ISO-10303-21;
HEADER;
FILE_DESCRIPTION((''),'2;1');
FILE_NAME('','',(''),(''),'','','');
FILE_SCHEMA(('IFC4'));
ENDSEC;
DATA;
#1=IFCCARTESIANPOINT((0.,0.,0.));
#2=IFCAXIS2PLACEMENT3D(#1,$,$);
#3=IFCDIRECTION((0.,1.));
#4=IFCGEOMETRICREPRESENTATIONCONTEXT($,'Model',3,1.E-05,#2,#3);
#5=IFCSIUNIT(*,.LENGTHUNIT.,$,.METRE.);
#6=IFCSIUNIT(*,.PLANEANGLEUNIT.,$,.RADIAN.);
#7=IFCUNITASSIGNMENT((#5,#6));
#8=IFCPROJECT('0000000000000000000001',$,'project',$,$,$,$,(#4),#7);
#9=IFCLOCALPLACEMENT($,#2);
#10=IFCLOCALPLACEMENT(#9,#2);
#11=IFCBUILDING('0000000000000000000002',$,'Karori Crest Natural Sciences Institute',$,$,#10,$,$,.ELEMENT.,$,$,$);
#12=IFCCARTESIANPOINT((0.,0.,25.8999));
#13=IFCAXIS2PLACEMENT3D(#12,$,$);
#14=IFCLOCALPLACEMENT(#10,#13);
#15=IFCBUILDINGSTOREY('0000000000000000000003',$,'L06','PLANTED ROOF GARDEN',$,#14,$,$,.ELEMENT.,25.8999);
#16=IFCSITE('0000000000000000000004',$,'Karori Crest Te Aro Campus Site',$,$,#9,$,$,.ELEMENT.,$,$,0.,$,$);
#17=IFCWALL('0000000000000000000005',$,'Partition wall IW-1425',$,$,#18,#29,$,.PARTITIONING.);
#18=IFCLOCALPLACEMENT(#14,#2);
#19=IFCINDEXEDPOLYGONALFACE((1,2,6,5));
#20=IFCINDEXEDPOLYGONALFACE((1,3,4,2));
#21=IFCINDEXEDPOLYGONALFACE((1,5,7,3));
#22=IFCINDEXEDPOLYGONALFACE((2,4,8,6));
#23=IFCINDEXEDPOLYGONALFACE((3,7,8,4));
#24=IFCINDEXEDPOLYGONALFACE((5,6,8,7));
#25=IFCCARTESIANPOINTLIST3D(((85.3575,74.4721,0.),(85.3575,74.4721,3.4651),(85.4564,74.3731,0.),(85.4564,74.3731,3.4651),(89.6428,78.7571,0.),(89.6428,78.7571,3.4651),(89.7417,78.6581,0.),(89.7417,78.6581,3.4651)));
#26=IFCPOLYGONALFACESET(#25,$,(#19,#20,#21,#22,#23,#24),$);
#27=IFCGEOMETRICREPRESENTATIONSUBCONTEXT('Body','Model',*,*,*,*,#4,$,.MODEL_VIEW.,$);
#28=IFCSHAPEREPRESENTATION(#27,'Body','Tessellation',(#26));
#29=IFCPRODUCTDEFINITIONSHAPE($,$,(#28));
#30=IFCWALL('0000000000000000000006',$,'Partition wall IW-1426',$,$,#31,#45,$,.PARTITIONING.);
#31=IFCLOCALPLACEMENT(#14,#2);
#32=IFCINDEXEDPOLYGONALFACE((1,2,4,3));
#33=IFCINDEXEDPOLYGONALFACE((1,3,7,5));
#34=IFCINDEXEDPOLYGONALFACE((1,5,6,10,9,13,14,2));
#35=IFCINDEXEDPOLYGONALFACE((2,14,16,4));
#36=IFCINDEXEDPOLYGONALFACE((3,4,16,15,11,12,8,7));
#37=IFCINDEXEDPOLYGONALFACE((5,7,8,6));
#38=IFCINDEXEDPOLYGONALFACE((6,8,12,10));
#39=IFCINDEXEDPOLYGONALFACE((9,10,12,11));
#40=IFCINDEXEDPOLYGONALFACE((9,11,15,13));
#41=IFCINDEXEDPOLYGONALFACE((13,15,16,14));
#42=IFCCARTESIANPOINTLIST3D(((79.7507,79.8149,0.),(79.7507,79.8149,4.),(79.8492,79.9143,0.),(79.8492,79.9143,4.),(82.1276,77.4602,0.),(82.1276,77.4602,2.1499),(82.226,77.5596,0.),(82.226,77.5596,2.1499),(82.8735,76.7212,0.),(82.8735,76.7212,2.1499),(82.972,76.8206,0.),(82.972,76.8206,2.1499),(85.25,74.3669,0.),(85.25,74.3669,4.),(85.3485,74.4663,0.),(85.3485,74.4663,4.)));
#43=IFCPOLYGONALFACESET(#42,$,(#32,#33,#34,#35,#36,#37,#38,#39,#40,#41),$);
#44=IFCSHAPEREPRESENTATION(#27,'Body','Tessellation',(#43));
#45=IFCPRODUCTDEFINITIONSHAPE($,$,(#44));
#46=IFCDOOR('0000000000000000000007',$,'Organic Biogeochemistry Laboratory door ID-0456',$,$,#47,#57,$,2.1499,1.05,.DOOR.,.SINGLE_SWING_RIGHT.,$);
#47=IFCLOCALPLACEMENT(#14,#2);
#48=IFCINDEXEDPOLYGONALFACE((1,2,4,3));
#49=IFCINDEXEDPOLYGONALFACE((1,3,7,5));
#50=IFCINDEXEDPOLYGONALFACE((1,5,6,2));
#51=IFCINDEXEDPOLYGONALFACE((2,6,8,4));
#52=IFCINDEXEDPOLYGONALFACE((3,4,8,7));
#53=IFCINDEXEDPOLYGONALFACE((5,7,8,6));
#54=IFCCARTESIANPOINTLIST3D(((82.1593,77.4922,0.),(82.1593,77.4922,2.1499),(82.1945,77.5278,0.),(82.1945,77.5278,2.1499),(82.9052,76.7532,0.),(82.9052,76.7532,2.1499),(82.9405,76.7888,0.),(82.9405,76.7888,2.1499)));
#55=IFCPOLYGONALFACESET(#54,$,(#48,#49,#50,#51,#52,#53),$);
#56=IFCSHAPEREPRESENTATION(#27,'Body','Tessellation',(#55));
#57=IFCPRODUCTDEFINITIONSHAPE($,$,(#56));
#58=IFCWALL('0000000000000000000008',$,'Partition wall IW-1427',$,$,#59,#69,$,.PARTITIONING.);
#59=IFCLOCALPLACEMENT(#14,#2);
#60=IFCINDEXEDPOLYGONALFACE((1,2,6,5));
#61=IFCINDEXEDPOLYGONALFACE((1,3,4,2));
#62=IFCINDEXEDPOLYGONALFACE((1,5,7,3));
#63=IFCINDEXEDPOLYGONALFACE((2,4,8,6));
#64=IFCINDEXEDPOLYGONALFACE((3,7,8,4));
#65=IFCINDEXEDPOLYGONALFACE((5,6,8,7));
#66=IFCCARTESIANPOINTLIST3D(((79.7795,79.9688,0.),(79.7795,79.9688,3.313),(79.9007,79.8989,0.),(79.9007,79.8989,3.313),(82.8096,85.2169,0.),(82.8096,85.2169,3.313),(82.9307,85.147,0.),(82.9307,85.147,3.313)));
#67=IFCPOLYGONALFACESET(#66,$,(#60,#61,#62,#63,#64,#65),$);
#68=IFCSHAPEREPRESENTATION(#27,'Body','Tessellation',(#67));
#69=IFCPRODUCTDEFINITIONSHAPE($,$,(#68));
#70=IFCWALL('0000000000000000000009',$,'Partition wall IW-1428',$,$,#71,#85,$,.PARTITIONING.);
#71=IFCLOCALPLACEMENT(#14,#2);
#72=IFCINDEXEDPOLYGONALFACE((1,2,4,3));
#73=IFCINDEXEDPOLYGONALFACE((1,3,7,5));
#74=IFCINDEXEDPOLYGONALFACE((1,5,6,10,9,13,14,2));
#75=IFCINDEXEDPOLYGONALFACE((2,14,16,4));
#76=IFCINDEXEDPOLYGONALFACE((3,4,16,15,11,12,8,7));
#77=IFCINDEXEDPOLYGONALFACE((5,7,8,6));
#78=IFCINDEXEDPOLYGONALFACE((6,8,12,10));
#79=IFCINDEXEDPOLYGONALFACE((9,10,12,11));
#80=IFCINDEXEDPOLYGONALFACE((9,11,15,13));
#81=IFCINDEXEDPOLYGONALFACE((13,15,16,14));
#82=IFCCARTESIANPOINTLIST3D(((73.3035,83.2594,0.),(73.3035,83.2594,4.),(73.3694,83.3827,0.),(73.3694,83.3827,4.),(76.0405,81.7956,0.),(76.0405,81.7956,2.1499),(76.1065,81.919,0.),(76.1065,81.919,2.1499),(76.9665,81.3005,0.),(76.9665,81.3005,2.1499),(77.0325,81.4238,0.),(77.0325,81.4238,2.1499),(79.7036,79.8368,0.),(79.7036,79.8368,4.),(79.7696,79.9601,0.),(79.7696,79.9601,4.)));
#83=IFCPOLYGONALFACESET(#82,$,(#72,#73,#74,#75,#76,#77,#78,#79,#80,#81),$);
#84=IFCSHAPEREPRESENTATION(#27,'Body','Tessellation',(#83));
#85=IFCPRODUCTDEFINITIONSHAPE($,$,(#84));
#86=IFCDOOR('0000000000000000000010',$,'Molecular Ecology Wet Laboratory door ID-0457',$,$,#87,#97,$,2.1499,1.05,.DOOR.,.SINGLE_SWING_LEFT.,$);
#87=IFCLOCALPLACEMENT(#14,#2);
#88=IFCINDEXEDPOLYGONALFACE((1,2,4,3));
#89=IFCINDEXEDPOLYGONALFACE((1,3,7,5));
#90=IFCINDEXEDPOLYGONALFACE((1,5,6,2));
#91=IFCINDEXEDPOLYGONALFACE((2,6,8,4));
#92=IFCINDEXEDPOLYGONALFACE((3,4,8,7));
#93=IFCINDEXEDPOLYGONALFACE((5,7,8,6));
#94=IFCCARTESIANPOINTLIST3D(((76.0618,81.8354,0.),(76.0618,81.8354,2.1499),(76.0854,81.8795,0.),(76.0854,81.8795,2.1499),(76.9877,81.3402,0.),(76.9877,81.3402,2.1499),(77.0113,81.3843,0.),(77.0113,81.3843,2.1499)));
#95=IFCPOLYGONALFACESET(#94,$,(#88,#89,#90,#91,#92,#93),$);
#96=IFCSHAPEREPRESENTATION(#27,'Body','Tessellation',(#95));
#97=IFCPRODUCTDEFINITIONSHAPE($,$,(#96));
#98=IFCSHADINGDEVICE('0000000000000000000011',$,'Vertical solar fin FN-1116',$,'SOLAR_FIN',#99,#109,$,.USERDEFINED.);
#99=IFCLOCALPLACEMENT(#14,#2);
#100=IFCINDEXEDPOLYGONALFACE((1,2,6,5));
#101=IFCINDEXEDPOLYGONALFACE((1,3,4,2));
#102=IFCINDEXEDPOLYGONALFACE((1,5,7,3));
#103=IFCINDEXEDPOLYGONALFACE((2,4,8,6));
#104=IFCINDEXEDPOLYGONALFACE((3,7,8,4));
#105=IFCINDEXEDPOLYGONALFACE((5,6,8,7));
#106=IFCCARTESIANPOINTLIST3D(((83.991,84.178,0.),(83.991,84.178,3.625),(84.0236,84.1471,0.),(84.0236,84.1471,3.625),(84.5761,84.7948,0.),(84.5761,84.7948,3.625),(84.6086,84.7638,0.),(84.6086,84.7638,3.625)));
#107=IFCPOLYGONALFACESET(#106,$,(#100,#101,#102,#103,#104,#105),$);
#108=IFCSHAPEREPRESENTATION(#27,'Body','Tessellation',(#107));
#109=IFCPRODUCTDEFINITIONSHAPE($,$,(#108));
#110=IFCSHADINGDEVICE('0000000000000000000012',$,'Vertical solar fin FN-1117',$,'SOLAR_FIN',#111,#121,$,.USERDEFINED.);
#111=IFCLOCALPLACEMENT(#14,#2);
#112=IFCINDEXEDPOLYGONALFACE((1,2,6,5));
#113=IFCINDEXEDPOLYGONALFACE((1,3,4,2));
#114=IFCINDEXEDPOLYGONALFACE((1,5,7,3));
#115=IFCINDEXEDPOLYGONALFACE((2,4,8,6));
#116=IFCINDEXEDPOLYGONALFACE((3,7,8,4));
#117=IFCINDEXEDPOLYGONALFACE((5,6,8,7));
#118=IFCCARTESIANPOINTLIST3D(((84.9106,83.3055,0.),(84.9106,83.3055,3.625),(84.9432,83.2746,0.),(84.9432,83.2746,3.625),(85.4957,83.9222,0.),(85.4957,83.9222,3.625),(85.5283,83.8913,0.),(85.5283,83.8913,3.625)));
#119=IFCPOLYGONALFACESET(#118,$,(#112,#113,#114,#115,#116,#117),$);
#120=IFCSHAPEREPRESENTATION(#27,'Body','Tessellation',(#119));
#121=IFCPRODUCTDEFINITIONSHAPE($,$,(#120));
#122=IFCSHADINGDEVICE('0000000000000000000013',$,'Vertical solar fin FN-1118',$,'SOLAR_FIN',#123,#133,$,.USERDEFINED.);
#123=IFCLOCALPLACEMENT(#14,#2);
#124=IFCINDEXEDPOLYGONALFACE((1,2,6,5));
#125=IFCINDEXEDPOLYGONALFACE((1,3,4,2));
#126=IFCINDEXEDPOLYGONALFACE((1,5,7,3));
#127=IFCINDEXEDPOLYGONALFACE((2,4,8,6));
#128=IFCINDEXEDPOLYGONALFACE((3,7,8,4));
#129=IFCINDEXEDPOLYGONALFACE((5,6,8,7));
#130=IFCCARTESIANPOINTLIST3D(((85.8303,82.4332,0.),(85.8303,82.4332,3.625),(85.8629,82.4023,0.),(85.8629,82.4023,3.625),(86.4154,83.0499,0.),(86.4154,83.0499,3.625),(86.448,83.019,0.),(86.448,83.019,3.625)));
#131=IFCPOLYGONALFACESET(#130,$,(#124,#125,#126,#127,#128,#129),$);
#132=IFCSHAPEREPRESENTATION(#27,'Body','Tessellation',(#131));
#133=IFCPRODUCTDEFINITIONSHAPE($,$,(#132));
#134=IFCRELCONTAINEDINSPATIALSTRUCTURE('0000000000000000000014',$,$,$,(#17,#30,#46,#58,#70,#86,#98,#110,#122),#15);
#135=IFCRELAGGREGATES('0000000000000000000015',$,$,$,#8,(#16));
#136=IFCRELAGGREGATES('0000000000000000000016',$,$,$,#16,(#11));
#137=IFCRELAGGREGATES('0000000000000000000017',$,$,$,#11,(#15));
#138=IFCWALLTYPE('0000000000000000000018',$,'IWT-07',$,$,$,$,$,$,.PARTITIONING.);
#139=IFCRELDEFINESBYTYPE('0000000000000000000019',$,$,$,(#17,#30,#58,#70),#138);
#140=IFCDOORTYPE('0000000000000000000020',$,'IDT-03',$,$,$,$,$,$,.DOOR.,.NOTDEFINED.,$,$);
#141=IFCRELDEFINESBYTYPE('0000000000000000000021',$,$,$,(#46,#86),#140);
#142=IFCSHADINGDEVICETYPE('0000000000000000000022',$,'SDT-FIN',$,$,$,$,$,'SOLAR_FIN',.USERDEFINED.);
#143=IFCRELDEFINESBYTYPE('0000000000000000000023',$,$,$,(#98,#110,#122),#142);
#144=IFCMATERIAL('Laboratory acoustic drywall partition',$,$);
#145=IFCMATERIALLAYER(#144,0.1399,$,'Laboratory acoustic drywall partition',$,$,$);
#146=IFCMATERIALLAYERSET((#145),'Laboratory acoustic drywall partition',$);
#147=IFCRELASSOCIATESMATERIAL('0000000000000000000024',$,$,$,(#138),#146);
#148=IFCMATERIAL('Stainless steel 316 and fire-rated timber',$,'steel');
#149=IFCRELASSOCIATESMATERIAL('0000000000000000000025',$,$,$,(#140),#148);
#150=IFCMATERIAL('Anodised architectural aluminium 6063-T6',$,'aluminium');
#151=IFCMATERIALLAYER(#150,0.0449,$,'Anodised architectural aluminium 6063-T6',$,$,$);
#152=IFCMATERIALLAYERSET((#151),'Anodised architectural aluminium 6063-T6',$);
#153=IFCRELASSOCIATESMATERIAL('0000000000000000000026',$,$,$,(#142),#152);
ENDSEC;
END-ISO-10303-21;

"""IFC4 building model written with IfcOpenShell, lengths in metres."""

from ifc_helpers import new_model, si_unit, direction, frame, frame_2d, origin, origin_2d, place, context, subcontext, project, spatial, rectangle, extrude, material, layer, layer_set, type_object, element, fill, save


model = new_model("IFC4")

# Units and contexts
model_context = context("Model", 3, precision=1e-05, world=origin(), true_north=direction((0.0, 1.0)))
body_context = subcontext(model_context, "Body", "Model", "MODEL_VIEW")
ifc_project = project(units=[si_unit("LENGTHUNIT", "METRE"), si_unit("PLANEANGLEUNIT", "RADIAN")], contexts=[model_context])

# Site, building, storey
site_placement = place(None, origin())
site = spatial("IfcSite", under=ifc_project, at=site_placement, Name="Karori Crest Te Aro Campus Site", CompositionType="ELEMENT", RefElevation=0.0)
building_placement = place(site_placement, origin())
building = spatial("IfcBuilding", under=site, at=building_placement, Name="Karori Crest Natural Sciences Institute", CompositionType="ELEMENT")
storey_placement = place(building_placement, frame((0.0, 0.0, 25.8999)))
storey = spatial("IfcBuildingStorey", under=building, at=storey_placement, Name="L06", Description="PLANTED ROOF GARDEN", CompositionType="ELEMENT", Elevation=25.8999)

# Shared definitions
ifc_material_1 = material(Name="Anodised architectural aluminium 6063-T6", Category="aluminium")

# Wall
ifc_material_2 = material(Name="Laboratory acoustic drywall partition")
ifc_layer_1 = layer(ifc_material_2, 0.1399, Name="Laboratory acoustic drywall partition")
ifc_layer_set_1 = layer_set([ifc_layer_1], Name="Laboratory acoustic drywall partition")
wall_type = type_object("IfcWallType", Name="IWT-07", PredefinedType="PARTITIONING", material=ifc_layer_set_1)
wall_1_placement = place(storey_placement, frame((85.407, 74.4226, 0.0), z_axis=(0.0, 0.0, 1.0), x_axis=(0.707127, 0.707087, 0.0)))
element("IfcWall", 1, at=wall_1_placement, inside=storey, type_object=wall_type, Name="Partition wall IW-1425", PredefinedType="PARTITIONING", context=body_context, shape_type="SweptSolid", body=[
    extrude(rectangle(XDim=6.0601, YDim=0.1399, at=frame_2d((3.03, 0.0))), origin(), (0.0, 0.0, 1.0), 3.4651),
])

# Wall, opening, door
wall_2_placement = place(storey_placement, frame((85.2993, 74.4165, 0.0), z_axis=(0.0, 0.0, 1.0), x_axis=(-0.710411, 0.703787, 0.0)))
wall_2 = element("IfcWall", 2, at=wall_2_placement, inside=storey, type_object=wall_type, Name="Partition wall IW-1426", PredefinedType="PARTITIONING", context=body_context, shape_type="SweptSolid", body=[
    extrude(rectangle(XDim=7.741, YDim=0.1399, at=frame_2d((3.8706, 0.0))), origin(), (0.0, 0.0, 1.0), 4.0),
])
opening_1_placement = place(wall_2_placement, frame((3.3455, 0.0, 0.0)))
opening_1 = element("IfcOpeningElement", 3, at=opening_1_placement, cuts=wall_2, PredefinedType="OPENING", context=body_context, shape_type="SweptSolid", body=[
    extrude(rectangle(XDim=1.05, YDim=2.1499, at=frame_2d((0.5249, 1.075))), frame((0.0, 0.0801, 0.0), z_axis=(0.0, -1.0, 0.0), x_axis=(1.0, 0.0, 0.0)), (0.0, 0.0, 1.0), 0.1599),
])
ifc_material_3 = material(Name="Stainless steel 316 and fire-rated timber", Category="steel")
door_type = type_object("IfcDoorType", Name="IDT-03", OperationType="NOTDEFINED", PredefinedType="DOOR", material=ifc_material_3)
door_1_placement = place(opening_1_placement, origin())
door_1 = element("IfcDoor", 4, at=door_1_placement, inside=storey, type_object=door_type, Name="Organic Biogeochemistry Laboratory door ID-0456", OperationType="SINGLE_SWING_RIGHT", OverallHeight=2.1499, OverallWidth=1.05, PredefinedType="DOOR", context=body_context, shape_type="SweptSolid", body=[
    extrude(rectangle(XDim=1.05, YDim=2.1499, at=frame_2d((0.5249, 1.075))), frame((0.0, 0.0249, 0.0), z_axis=(0.0, -1.0, 0.0), x_axis=(1.0, 0.0, 0.0)), (0.0, 0.0, 1.0), 0.05),
])
fill(opening_1, door_1)

# Wall
wall_3_placement = place(storey_placement, frame((79.8401, 79.9338, 0.0), z_axis=(0.0, 0.0, 1.0), x_axis=(0.500008, 0.866021, 0.0)))
element("IfcWall", 5, at=wall_3_placement, inside=storey, type_object=wall_type, Name="Partition wall IW-1427", PredefinedType="PARTITIONING", context=body_context, shape_type="SweptSolid", body=[
    extrude(rectangle(XDim=6.0601, YDim=0.1399, at=frame_2d((3.03, 0.0))), origin(), (0.0, 0.0, 1.0), 3.313),
])

# Wall, opening, door
wall_4_placement = place(storey_placement, frame((79.7366, 79.8984, 0.0), z_axis=(0.0, 0.0, 1.0), x_axis=(-0.881826, 0.471574, 0.0)))
wall_4 = element("IfcWall", 6, at=wall_4_placement, inside=storey, type_object=wall_type, Name="Partition wall IW-1428", PredefinedType="PARTITIONING", context=body_context, shape_type="SweptSolid", body=[
    extrude(rectangle(XDim=7.2578, YDim=0.1399, at=frame_2d((3.6289, 0.0))), origin(), (0.0, 0.0, 1.0), 4.0),
])
opening_2_placement = place(wall_4_placement, frame((3.104, 0.0, 0.0)))
opening_2 = element("IfcOpeningElement", 7, at=opening_2_placement, cuts=wall_4, PredefinedType="OPENING", context=body_context, shape_type="SweptSolid", body=[
    extrude(rectangle(XDim=1.05, YDim=2.1499, at=frame_2d((0.5249, 1.075))), frame((0.0, 0.0801, 0.0), z_axis=(0.0, -1.0, 0.0), x_axis=(1.0, 0.0, 0.0)), (0.0, 0.0, 1.0), 0.1599),
])
door_2_placement = place(opening_2_placement, origin())
door_2 = element("IfcDoor", 8, at=door_2_placement, inside=storey, type_object=door_type, Name="Molecular Ecology Wet Laboratory door ID-0457", OperationType="SINGLE_SWING_LEFT", OverallHeight=2.1499, OverallWidth=1.05, PredefinedType="DOOR", context=body_context, shape_type="SweptSolid", body=[
    extrude(rectangle(XDim=1.05, YDim=2.1499, at=frame_2d((0.5249, 1.075))), frame((0.0, 0.0249, 0.0), z_axis=(0.0, -1.0, 0.0), x_axis=(1.0, 0.0, 0.0)), (0.0, 0.0, 1.0), 0.05),
])
fill(opening_2, door_2)

# Shading devices
ifc_layer_2 = layer(ifc_material_1, 0.0449, Name="Anodised architectural aluminium 6063-T6")
ifc_layer_set_2 = layer_set([ifc_layer_2], Name="Anodised architectural aluminium 6063-T6")
shading_device_type = type_object("IfcShadingDeviceType", Name="SDT-FIN", ElementType="SOLAR_FIN", PredefinedType="USERDEFINED", material=ifc_layer_set_2)
for number, where, z_axis, x_axis, name in (
    (9, (84.2998, 84.4709, 0.0), (0.0, 0.0, 1.0), (0.688252, 0.725472, 0.0), "Vertical solar fin FN-1116"),
    (10, (85.2195, 83.5984, 0.0), (0.0, 0.0, 1.0), (0.688252, 0.725472, 0.0), "Vertical solar fin FN-1117"),
    (11, (86.1392, 82.7261, 0.0), (0.0, 0.0, 1.0), (0.688252, 0.725472, 0.0), "Vertical solar fin FN-1118"),
):
    element("IfcShadingDevice", number, at=place(storey_placement, frame(where, z_axis=z_axis, x_axis=x_axis)), inside=storey, type_object=shading_device_type, Name=name, ObjectType="SOLAR_FIN", PredefinedType="USERDEFINED", context=body_context, shape_type="SweptSolid", body=[
        extrude(rectangle(XDim=0.8501, YDim=0.0449, at=origin_2d()), origin(), (0.0, 0.0, 1.0), 3.625),
    ])

save(model, "model.ifc")
